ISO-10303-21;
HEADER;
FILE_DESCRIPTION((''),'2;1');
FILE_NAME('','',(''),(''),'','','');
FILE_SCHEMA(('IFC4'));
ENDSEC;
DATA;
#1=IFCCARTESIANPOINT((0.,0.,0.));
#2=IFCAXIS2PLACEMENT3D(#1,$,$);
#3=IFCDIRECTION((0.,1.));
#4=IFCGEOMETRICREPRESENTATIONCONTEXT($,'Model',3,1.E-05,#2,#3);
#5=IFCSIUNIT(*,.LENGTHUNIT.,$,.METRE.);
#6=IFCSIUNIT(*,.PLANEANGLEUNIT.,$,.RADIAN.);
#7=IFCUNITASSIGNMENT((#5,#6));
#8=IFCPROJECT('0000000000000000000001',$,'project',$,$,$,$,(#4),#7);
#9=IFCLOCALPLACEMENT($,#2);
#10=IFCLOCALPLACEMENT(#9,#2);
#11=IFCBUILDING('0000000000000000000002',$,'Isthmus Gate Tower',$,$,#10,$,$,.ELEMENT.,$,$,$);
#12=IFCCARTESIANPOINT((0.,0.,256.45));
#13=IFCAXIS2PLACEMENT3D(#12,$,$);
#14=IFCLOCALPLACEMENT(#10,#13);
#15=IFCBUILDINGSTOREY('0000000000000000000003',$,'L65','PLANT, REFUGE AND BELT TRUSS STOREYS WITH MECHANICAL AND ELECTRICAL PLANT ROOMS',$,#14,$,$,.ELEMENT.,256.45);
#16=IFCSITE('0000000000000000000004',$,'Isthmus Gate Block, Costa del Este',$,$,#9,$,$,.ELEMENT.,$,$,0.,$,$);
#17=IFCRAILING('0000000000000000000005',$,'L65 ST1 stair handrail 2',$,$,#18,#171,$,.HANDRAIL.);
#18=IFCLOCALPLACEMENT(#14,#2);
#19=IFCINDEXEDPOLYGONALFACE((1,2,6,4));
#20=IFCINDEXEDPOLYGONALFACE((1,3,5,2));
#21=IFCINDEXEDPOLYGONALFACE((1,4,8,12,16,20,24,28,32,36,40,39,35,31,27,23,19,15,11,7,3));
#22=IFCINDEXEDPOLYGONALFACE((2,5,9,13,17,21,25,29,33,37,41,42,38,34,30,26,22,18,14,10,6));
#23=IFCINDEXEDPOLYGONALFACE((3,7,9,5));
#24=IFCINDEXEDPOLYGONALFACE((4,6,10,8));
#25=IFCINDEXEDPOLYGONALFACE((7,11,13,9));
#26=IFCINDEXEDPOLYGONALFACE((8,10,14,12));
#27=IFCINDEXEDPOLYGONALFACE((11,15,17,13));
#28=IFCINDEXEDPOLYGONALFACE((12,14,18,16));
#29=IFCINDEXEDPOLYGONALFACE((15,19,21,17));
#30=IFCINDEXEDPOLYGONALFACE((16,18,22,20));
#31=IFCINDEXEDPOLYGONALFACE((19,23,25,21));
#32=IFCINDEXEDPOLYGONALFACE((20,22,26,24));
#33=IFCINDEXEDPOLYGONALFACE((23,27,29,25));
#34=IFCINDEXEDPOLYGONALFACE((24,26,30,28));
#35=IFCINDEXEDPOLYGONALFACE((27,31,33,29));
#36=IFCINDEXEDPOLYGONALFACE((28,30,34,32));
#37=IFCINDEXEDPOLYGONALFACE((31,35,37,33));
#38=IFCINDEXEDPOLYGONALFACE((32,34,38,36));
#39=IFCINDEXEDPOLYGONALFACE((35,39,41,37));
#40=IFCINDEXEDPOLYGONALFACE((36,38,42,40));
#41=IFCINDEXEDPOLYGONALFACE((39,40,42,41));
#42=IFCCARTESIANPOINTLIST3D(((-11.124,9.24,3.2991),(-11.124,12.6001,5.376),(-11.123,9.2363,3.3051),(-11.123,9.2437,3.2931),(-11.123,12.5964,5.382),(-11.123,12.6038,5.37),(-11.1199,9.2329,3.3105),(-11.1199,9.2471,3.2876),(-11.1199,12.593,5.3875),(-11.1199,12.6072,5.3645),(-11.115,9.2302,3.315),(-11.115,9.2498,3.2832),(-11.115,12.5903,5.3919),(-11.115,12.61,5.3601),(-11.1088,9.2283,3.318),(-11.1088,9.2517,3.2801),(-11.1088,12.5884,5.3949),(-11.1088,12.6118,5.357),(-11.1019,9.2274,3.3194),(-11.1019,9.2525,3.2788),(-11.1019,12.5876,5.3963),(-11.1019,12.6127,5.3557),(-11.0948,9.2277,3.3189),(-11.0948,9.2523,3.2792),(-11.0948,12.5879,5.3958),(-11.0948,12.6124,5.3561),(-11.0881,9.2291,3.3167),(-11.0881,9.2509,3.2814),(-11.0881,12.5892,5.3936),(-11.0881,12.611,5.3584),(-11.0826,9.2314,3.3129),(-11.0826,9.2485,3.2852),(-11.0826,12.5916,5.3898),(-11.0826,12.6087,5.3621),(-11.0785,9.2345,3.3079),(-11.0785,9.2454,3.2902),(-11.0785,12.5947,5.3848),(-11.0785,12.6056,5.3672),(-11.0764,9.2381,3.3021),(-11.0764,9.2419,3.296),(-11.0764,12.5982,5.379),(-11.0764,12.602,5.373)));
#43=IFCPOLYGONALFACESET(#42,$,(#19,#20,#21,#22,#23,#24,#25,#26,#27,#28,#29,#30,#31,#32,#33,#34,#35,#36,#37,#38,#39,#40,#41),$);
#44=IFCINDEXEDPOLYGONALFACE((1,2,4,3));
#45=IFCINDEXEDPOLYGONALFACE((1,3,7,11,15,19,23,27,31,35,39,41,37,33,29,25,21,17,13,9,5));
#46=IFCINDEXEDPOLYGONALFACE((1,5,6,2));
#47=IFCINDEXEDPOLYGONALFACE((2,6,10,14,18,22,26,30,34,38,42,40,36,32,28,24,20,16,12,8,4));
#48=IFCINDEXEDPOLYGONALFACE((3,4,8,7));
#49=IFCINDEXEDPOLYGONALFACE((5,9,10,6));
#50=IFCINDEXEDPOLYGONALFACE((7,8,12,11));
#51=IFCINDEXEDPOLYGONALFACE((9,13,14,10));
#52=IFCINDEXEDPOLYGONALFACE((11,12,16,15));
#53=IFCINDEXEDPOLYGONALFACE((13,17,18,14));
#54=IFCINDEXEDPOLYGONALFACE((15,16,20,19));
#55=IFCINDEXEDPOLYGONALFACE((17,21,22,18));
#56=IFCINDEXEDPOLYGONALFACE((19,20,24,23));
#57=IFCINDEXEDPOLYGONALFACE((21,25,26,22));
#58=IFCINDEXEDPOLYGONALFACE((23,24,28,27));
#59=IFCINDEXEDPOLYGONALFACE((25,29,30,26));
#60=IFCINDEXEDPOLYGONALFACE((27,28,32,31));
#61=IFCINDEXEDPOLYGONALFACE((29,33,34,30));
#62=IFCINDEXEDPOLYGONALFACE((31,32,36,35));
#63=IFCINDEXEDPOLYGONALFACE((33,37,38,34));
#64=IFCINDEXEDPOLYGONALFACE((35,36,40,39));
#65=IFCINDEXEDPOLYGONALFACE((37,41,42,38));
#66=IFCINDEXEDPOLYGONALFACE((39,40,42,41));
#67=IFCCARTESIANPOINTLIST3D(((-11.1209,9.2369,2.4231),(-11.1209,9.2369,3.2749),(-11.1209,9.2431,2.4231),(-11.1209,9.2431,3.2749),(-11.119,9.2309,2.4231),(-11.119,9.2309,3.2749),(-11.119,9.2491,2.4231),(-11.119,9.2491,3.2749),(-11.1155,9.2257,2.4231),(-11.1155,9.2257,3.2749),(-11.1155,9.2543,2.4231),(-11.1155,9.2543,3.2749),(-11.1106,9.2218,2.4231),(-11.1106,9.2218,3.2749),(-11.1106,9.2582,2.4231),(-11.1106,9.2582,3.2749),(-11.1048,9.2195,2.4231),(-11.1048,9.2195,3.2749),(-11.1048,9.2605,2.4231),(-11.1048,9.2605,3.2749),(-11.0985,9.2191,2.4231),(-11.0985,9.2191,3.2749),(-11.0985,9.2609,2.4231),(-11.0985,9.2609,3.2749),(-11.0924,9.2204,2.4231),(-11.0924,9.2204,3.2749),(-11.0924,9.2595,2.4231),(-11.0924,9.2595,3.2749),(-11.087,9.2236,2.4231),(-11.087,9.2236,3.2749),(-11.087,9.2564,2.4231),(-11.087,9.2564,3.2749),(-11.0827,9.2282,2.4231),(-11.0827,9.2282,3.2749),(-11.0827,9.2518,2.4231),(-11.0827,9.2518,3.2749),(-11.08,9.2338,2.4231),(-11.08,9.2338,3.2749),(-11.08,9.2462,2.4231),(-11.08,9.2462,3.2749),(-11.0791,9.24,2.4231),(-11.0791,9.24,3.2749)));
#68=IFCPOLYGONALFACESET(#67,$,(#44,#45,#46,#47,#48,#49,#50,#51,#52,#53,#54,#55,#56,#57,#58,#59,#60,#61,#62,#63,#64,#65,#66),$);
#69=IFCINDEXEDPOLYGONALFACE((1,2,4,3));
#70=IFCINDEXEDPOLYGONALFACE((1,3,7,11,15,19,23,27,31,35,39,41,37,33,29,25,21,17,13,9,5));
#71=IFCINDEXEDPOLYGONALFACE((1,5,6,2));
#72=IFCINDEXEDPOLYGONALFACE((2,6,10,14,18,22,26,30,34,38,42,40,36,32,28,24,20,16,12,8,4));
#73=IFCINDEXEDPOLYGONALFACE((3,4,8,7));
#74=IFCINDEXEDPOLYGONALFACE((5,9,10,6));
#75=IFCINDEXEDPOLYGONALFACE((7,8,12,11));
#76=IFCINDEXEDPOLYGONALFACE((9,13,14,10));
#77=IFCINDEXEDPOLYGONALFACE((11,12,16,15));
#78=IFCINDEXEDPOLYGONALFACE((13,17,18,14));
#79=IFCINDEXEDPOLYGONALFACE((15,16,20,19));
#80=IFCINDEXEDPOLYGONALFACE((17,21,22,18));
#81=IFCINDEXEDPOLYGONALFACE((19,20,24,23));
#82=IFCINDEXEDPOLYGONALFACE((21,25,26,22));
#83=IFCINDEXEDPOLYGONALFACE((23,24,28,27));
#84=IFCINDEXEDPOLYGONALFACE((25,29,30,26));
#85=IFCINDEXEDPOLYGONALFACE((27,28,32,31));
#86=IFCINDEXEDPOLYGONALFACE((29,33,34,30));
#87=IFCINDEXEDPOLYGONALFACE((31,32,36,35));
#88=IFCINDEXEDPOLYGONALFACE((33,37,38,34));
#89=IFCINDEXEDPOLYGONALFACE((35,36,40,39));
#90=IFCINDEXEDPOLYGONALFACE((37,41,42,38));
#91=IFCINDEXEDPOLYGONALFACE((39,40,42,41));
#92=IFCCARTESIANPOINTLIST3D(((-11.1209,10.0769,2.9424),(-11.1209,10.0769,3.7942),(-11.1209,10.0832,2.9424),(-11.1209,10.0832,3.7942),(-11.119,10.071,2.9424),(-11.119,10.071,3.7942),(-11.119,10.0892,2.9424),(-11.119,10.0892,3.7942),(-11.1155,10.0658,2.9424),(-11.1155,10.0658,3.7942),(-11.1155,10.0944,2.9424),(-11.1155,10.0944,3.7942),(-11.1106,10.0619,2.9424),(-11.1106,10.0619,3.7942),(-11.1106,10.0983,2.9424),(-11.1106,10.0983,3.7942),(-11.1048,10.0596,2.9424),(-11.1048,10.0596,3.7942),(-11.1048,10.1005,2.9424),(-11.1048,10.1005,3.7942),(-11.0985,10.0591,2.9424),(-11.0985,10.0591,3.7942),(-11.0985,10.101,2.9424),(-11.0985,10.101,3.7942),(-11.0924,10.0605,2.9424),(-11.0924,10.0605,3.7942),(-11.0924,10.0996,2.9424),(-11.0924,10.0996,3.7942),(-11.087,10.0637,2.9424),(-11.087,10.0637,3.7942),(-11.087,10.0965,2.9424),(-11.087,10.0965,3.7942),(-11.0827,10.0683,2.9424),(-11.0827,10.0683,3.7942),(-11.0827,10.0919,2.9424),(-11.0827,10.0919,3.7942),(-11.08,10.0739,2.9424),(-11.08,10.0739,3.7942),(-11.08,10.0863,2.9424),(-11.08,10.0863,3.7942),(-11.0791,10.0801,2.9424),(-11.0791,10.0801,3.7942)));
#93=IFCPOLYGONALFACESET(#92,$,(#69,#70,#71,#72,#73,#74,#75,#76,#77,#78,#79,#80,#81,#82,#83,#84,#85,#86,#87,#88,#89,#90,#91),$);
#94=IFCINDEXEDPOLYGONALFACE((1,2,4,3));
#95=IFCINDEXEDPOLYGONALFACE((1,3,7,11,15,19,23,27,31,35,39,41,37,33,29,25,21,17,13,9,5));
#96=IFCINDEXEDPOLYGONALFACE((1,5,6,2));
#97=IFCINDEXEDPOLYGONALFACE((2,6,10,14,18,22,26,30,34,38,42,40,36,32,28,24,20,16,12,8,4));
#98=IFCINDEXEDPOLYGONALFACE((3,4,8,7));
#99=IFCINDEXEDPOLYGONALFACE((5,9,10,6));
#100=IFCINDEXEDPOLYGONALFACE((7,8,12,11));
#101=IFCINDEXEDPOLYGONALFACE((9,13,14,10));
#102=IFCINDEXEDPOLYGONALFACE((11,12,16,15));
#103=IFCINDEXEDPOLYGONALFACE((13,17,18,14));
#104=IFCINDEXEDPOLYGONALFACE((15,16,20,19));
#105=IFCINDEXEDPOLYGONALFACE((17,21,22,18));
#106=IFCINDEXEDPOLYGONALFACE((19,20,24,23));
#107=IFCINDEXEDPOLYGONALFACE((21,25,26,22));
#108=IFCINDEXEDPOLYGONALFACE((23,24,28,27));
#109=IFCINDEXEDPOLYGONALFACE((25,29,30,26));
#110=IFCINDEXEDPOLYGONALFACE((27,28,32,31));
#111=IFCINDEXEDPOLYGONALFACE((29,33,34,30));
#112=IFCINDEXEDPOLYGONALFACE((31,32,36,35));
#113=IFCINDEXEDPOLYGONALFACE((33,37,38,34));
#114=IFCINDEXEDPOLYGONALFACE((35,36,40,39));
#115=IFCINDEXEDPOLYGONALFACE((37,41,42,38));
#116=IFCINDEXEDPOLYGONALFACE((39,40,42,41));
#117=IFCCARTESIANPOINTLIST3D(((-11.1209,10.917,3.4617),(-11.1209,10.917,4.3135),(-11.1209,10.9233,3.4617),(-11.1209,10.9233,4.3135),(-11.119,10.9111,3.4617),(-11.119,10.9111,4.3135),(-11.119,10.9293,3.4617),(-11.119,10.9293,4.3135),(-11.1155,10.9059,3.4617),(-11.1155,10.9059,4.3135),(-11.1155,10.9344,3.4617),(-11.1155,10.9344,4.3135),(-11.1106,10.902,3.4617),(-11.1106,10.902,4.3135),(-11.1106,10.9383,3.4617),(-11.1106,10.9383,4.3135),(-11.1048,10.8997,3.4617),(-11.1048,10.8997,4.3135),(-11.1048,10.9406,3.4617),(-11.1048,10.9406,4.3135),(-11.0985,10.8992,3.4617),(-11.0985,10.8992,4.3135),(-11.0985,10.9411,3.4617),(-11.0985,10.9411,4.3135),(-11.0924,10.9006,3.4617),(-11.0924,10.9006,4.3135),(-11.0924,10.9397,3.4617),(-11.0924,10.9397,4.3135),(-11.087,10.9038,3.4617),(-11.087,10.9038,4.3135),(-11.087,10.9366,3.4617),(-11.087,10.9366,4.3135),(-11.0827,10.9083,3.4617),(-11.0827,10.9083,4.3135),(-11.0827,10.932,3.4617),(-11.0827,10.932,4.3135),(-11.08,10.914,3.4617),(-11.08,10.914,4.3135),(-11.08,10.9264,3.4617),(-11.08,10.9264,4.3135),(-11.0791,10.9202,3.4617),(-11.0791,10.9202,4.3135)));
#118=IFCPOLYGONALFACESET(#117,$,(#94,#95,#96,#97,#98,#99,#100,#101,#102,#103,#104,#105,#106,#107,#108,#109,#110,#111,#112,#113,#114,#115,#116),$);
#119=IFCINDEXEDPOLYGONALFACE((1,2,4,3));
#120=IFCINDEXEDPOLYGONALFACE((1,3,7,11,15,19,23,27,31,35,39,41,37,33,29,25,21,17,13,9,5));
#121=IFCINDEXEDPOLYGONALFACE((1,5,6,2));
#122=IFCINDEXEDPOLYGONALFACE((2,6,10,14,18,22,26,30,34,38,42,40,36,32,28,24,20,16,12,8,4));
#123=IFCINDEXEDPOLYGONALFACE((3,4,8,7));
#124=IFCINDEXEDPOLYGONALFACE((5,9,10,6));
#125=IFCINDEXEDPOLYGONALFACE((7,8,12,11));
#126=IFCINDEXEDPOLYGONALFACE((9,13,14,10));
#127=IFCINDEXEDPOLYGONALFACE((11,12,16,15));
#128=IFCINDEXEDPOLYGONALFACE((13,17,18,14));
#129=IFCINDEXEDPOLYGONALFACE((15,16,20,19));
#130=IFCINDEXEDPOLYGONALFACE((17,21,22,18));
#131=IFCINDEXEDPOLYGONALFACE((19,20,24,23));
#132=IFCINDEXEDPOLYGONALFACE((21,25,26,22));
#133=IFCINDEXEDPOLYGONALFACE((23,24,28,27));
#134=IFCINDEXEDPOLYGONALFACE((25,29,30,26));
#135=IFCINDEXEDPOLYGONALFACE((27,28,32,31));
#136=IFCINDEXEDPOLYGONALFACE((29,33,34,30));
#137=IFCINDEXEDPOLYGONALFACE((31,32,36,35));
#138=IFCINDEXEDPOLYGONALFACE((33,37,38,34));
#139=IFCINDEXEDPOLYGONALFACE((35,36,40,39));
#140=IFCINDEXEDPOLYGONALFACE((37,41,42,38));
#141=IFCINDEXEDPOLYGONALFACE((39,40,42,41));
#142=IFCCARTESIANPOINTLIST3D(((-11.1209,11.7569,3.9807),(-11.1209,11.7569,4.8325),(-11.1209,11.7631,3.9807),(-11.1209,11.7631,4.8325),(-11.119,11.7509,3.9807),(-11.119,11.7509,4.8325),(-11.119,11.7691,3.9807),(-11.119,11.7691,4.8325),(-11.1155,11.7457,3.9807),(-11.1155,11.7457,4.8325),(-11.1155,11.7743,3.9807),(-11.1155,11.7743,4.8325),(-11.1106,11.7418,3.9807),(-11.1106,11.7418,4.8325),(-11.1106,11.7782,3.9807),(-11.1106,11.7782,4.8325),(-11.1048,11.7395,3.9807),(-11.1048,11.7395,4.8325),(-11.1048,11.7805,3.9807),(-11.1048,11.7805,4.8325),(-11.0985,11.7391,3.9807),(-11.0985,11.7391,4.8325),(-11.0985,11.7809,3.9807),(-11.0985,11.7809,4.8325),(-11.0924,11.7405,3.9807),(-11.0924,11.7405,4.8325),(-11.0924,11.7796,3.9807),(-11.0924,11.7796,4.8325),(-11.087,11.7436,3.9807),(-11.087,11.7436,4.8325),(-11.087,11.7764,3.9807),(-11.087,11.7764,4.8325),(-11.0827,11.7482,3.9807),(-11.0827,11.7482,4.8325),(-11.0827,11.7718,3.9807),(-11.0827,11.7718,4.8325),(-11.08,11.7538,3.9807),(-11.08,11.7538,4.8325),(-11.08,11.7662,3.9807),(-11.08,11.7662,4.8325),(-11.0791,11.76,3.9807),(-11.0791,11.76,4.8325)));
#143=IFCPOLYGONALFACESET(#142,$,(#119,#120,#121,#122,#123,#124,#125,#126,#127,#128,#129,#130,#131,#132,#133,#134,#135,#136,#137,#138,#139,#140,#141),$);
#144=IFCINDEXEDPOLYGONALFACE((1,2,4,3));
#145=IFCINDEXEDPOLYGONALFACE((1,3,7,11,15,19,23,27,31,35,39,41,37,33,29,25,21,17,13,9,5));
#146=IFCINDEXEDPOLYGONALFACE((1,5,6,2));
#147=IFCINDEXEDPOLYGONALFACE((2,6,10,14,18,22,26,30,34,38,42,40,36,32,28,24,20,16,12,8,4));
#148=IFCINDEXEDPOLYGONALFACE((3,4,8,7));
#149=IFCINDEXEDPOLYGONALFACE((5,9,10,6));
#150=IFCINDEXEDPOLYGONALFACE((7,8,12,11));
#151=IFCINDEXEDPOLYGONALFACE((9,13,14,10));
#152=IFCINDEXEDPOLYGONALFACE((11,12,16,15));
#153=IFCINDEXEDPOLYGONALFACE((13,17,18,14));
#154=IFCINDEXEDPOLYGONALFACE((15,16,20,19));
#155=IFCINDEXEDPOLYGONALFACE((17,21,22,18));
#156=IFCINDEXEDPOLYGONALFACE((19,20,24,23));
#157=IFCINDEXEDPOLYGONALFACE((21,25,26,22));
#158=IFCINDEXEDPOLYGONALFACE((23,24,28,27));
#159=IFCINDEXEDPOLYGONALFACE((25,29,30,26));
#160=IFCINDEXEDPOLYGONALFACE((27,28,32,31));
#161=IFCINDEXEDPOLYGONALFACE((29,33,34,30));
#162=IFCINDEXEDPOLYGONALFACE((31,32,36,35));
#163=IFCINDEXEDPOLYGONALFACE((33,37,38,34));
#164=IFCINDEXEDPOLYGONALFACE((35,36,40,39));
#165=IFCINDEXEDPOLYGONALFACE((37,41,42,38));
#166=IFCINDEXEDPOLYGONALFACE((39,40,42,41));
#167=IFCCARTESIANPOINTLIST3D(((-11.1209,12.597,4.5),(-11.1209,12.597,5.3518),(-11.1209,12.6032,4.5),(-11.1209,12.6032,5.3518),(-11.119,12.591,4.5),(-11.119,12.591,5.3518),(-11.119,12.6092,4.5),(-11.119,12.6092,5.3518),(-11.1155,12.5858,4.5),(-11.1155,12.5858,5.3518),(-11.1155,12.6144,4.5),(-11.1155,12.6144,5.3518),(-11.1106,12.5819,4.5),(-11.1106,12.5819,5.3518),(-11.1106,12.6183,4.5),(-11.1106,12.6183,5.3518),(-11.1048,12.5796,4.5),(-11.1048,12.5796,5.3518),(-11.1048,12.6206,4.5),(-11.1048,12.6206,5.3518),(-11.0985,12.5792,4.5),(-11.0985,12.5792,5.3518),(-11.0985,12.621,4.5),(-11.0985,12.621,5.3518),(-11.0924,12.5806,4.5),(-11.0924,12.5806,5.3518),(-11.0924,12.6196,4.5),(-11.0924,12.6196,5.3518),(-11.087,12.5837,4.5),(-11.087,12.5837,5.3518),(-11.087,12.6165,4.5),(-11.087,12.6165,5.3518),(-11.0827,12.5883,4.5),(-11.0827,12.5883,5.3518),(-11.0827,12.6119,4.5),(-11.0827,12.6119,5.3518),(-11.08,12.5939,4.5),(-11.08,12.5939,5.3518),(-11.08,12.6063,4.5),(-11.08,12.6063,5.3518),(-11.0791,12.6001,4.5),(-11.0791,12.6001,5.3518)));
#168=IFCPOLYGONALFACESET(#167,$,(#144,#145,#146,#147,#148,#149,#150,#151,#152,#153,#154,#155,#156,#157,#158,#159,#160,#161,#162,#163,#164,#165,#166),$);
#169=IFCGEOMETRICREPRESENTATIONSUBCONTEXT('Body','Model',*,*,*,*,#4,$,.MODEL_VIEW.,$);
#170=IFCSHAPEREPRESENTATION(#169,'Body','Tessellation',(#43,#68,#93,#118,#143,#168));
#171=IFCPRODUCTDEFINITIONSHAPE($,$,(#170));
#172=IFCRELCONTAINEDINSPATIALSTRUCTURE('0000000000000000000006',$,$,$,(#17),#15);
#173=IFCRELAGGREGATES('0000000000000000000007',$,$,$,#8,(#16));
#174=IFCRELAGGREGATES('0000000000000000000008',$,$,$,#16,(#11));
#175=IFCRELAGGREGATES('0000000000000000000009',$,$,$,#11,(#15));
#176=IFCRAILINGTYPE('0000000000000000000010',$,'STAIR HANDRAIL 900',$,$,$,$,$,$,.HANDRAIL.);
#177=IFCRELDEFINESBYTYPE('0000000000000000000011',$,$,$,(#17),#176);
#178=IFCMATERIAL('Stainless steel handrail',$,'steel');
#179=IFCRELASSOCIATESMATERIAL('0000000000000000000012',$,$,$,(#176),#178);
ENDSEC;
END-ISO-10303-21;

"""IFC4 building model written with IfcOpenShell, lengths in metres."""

from ifc_helpers import new_model, si_unit, direction, frame, origin, origin_2d, place, context, subcontext, project, spatial, circle, extrude, material, type_object, element, save


model = new_model("IFC4")

# Units and contexts
model_context = context("Model", 3, precision=1e-05, world=origin(), true_north=direction((0.0, 1.0)))
body_context = subcontext(model_context, "Body", "Model", "MODEL_VIEW")
ifc_project = project(units=[si_unit("LENGTHUNIT", "METRE"), si_unit("PLANEANGLEUNIT", "RADIAN")], contexts=[model_context])

# Site, building, storey
site_placement = place(None, origin())
site = spatial("IfcSite", under=ifc_project, at=site_placement, Name="Isthmus Gate Block, Costa del Este", CompositionType="ELEMENT", RefElevation=0.0)
building_placement = place(site_placement, origin())
building = spatial("IfcBuilding", under=site, at=building_placement, Name="Isthmus Gate Tower", CompositionType="ELEMENT")
storey_placement = place(building_placement, frame((0.0, 0.0, 256.45)))
storey = spatial("IfcBuildingStorey", under=building, at=storey_placement, Name="L65", Description="PLANT, REFUGE AND BELT TRUSS STOREYS WITH MECHANICAL AND ELECTRICAL PLANT ROOMS", CompositionType="ELEMENT", Elevation=256.45)

# Railing
ifc_material_1 = material(Name="Stainless steel handrail", Category="steel")
railing_type_1 = type_object("IfcRailingType", Name="STAIR HANDRAIL 900", PredefinedType="HANDRAIL", material=ifc_material_1)
railing_1_placement = place(storey_placement, frame((-11.1001, 9.24, 2.4231)))
element("IfcRailing", 1, at=railing_1_placement, inside=storey, type_object=railing_type_1, Name="L65 ST1 stair handrail 2", PredefinedType="HANDRAIL", context=body_context, shape_type="SweptSolid", body=[
    extrude(circle(Radius=0.0239, at=origin_2d()), frame((0.0, 0.0, 0.876), z_axis=(0.0, 0.850623, 0.525776), x_axis=(-1.0, 0.0, 0.0)), (0.0, 0.0, 1.0), 3.9502),
    extrude(circle(Radius=0.021, at=origin_2d()), origin(), (0.0, 0.0, 1.0), 0.8518),
    extrude(circle(Radius=0.021, at=origin_2d()), frame((0.0, 0.8401, 0.5193)), (0.0, 0.0, 1.0), 0.8518),
    extrude(circle(Radius=0.021, at=origin_2d()), frame((0.0, 1.6802, 1.0386)), (0.0, 0.0, 1.0), 0.8518),
    extrude(circle(Radius=0.021, at=origin_2d()), frame((0.0, 2.52, 1.5576)), (0.0, 0.0, 1.0), 0.8518),
    extrude(circle(Radius=0.021, at=origin_2d()), frame((0.0, 3.3601, 2.0769)), (0.0, 0.0, 1.0), 0.8518),
])

save(model, "model.ifc")
